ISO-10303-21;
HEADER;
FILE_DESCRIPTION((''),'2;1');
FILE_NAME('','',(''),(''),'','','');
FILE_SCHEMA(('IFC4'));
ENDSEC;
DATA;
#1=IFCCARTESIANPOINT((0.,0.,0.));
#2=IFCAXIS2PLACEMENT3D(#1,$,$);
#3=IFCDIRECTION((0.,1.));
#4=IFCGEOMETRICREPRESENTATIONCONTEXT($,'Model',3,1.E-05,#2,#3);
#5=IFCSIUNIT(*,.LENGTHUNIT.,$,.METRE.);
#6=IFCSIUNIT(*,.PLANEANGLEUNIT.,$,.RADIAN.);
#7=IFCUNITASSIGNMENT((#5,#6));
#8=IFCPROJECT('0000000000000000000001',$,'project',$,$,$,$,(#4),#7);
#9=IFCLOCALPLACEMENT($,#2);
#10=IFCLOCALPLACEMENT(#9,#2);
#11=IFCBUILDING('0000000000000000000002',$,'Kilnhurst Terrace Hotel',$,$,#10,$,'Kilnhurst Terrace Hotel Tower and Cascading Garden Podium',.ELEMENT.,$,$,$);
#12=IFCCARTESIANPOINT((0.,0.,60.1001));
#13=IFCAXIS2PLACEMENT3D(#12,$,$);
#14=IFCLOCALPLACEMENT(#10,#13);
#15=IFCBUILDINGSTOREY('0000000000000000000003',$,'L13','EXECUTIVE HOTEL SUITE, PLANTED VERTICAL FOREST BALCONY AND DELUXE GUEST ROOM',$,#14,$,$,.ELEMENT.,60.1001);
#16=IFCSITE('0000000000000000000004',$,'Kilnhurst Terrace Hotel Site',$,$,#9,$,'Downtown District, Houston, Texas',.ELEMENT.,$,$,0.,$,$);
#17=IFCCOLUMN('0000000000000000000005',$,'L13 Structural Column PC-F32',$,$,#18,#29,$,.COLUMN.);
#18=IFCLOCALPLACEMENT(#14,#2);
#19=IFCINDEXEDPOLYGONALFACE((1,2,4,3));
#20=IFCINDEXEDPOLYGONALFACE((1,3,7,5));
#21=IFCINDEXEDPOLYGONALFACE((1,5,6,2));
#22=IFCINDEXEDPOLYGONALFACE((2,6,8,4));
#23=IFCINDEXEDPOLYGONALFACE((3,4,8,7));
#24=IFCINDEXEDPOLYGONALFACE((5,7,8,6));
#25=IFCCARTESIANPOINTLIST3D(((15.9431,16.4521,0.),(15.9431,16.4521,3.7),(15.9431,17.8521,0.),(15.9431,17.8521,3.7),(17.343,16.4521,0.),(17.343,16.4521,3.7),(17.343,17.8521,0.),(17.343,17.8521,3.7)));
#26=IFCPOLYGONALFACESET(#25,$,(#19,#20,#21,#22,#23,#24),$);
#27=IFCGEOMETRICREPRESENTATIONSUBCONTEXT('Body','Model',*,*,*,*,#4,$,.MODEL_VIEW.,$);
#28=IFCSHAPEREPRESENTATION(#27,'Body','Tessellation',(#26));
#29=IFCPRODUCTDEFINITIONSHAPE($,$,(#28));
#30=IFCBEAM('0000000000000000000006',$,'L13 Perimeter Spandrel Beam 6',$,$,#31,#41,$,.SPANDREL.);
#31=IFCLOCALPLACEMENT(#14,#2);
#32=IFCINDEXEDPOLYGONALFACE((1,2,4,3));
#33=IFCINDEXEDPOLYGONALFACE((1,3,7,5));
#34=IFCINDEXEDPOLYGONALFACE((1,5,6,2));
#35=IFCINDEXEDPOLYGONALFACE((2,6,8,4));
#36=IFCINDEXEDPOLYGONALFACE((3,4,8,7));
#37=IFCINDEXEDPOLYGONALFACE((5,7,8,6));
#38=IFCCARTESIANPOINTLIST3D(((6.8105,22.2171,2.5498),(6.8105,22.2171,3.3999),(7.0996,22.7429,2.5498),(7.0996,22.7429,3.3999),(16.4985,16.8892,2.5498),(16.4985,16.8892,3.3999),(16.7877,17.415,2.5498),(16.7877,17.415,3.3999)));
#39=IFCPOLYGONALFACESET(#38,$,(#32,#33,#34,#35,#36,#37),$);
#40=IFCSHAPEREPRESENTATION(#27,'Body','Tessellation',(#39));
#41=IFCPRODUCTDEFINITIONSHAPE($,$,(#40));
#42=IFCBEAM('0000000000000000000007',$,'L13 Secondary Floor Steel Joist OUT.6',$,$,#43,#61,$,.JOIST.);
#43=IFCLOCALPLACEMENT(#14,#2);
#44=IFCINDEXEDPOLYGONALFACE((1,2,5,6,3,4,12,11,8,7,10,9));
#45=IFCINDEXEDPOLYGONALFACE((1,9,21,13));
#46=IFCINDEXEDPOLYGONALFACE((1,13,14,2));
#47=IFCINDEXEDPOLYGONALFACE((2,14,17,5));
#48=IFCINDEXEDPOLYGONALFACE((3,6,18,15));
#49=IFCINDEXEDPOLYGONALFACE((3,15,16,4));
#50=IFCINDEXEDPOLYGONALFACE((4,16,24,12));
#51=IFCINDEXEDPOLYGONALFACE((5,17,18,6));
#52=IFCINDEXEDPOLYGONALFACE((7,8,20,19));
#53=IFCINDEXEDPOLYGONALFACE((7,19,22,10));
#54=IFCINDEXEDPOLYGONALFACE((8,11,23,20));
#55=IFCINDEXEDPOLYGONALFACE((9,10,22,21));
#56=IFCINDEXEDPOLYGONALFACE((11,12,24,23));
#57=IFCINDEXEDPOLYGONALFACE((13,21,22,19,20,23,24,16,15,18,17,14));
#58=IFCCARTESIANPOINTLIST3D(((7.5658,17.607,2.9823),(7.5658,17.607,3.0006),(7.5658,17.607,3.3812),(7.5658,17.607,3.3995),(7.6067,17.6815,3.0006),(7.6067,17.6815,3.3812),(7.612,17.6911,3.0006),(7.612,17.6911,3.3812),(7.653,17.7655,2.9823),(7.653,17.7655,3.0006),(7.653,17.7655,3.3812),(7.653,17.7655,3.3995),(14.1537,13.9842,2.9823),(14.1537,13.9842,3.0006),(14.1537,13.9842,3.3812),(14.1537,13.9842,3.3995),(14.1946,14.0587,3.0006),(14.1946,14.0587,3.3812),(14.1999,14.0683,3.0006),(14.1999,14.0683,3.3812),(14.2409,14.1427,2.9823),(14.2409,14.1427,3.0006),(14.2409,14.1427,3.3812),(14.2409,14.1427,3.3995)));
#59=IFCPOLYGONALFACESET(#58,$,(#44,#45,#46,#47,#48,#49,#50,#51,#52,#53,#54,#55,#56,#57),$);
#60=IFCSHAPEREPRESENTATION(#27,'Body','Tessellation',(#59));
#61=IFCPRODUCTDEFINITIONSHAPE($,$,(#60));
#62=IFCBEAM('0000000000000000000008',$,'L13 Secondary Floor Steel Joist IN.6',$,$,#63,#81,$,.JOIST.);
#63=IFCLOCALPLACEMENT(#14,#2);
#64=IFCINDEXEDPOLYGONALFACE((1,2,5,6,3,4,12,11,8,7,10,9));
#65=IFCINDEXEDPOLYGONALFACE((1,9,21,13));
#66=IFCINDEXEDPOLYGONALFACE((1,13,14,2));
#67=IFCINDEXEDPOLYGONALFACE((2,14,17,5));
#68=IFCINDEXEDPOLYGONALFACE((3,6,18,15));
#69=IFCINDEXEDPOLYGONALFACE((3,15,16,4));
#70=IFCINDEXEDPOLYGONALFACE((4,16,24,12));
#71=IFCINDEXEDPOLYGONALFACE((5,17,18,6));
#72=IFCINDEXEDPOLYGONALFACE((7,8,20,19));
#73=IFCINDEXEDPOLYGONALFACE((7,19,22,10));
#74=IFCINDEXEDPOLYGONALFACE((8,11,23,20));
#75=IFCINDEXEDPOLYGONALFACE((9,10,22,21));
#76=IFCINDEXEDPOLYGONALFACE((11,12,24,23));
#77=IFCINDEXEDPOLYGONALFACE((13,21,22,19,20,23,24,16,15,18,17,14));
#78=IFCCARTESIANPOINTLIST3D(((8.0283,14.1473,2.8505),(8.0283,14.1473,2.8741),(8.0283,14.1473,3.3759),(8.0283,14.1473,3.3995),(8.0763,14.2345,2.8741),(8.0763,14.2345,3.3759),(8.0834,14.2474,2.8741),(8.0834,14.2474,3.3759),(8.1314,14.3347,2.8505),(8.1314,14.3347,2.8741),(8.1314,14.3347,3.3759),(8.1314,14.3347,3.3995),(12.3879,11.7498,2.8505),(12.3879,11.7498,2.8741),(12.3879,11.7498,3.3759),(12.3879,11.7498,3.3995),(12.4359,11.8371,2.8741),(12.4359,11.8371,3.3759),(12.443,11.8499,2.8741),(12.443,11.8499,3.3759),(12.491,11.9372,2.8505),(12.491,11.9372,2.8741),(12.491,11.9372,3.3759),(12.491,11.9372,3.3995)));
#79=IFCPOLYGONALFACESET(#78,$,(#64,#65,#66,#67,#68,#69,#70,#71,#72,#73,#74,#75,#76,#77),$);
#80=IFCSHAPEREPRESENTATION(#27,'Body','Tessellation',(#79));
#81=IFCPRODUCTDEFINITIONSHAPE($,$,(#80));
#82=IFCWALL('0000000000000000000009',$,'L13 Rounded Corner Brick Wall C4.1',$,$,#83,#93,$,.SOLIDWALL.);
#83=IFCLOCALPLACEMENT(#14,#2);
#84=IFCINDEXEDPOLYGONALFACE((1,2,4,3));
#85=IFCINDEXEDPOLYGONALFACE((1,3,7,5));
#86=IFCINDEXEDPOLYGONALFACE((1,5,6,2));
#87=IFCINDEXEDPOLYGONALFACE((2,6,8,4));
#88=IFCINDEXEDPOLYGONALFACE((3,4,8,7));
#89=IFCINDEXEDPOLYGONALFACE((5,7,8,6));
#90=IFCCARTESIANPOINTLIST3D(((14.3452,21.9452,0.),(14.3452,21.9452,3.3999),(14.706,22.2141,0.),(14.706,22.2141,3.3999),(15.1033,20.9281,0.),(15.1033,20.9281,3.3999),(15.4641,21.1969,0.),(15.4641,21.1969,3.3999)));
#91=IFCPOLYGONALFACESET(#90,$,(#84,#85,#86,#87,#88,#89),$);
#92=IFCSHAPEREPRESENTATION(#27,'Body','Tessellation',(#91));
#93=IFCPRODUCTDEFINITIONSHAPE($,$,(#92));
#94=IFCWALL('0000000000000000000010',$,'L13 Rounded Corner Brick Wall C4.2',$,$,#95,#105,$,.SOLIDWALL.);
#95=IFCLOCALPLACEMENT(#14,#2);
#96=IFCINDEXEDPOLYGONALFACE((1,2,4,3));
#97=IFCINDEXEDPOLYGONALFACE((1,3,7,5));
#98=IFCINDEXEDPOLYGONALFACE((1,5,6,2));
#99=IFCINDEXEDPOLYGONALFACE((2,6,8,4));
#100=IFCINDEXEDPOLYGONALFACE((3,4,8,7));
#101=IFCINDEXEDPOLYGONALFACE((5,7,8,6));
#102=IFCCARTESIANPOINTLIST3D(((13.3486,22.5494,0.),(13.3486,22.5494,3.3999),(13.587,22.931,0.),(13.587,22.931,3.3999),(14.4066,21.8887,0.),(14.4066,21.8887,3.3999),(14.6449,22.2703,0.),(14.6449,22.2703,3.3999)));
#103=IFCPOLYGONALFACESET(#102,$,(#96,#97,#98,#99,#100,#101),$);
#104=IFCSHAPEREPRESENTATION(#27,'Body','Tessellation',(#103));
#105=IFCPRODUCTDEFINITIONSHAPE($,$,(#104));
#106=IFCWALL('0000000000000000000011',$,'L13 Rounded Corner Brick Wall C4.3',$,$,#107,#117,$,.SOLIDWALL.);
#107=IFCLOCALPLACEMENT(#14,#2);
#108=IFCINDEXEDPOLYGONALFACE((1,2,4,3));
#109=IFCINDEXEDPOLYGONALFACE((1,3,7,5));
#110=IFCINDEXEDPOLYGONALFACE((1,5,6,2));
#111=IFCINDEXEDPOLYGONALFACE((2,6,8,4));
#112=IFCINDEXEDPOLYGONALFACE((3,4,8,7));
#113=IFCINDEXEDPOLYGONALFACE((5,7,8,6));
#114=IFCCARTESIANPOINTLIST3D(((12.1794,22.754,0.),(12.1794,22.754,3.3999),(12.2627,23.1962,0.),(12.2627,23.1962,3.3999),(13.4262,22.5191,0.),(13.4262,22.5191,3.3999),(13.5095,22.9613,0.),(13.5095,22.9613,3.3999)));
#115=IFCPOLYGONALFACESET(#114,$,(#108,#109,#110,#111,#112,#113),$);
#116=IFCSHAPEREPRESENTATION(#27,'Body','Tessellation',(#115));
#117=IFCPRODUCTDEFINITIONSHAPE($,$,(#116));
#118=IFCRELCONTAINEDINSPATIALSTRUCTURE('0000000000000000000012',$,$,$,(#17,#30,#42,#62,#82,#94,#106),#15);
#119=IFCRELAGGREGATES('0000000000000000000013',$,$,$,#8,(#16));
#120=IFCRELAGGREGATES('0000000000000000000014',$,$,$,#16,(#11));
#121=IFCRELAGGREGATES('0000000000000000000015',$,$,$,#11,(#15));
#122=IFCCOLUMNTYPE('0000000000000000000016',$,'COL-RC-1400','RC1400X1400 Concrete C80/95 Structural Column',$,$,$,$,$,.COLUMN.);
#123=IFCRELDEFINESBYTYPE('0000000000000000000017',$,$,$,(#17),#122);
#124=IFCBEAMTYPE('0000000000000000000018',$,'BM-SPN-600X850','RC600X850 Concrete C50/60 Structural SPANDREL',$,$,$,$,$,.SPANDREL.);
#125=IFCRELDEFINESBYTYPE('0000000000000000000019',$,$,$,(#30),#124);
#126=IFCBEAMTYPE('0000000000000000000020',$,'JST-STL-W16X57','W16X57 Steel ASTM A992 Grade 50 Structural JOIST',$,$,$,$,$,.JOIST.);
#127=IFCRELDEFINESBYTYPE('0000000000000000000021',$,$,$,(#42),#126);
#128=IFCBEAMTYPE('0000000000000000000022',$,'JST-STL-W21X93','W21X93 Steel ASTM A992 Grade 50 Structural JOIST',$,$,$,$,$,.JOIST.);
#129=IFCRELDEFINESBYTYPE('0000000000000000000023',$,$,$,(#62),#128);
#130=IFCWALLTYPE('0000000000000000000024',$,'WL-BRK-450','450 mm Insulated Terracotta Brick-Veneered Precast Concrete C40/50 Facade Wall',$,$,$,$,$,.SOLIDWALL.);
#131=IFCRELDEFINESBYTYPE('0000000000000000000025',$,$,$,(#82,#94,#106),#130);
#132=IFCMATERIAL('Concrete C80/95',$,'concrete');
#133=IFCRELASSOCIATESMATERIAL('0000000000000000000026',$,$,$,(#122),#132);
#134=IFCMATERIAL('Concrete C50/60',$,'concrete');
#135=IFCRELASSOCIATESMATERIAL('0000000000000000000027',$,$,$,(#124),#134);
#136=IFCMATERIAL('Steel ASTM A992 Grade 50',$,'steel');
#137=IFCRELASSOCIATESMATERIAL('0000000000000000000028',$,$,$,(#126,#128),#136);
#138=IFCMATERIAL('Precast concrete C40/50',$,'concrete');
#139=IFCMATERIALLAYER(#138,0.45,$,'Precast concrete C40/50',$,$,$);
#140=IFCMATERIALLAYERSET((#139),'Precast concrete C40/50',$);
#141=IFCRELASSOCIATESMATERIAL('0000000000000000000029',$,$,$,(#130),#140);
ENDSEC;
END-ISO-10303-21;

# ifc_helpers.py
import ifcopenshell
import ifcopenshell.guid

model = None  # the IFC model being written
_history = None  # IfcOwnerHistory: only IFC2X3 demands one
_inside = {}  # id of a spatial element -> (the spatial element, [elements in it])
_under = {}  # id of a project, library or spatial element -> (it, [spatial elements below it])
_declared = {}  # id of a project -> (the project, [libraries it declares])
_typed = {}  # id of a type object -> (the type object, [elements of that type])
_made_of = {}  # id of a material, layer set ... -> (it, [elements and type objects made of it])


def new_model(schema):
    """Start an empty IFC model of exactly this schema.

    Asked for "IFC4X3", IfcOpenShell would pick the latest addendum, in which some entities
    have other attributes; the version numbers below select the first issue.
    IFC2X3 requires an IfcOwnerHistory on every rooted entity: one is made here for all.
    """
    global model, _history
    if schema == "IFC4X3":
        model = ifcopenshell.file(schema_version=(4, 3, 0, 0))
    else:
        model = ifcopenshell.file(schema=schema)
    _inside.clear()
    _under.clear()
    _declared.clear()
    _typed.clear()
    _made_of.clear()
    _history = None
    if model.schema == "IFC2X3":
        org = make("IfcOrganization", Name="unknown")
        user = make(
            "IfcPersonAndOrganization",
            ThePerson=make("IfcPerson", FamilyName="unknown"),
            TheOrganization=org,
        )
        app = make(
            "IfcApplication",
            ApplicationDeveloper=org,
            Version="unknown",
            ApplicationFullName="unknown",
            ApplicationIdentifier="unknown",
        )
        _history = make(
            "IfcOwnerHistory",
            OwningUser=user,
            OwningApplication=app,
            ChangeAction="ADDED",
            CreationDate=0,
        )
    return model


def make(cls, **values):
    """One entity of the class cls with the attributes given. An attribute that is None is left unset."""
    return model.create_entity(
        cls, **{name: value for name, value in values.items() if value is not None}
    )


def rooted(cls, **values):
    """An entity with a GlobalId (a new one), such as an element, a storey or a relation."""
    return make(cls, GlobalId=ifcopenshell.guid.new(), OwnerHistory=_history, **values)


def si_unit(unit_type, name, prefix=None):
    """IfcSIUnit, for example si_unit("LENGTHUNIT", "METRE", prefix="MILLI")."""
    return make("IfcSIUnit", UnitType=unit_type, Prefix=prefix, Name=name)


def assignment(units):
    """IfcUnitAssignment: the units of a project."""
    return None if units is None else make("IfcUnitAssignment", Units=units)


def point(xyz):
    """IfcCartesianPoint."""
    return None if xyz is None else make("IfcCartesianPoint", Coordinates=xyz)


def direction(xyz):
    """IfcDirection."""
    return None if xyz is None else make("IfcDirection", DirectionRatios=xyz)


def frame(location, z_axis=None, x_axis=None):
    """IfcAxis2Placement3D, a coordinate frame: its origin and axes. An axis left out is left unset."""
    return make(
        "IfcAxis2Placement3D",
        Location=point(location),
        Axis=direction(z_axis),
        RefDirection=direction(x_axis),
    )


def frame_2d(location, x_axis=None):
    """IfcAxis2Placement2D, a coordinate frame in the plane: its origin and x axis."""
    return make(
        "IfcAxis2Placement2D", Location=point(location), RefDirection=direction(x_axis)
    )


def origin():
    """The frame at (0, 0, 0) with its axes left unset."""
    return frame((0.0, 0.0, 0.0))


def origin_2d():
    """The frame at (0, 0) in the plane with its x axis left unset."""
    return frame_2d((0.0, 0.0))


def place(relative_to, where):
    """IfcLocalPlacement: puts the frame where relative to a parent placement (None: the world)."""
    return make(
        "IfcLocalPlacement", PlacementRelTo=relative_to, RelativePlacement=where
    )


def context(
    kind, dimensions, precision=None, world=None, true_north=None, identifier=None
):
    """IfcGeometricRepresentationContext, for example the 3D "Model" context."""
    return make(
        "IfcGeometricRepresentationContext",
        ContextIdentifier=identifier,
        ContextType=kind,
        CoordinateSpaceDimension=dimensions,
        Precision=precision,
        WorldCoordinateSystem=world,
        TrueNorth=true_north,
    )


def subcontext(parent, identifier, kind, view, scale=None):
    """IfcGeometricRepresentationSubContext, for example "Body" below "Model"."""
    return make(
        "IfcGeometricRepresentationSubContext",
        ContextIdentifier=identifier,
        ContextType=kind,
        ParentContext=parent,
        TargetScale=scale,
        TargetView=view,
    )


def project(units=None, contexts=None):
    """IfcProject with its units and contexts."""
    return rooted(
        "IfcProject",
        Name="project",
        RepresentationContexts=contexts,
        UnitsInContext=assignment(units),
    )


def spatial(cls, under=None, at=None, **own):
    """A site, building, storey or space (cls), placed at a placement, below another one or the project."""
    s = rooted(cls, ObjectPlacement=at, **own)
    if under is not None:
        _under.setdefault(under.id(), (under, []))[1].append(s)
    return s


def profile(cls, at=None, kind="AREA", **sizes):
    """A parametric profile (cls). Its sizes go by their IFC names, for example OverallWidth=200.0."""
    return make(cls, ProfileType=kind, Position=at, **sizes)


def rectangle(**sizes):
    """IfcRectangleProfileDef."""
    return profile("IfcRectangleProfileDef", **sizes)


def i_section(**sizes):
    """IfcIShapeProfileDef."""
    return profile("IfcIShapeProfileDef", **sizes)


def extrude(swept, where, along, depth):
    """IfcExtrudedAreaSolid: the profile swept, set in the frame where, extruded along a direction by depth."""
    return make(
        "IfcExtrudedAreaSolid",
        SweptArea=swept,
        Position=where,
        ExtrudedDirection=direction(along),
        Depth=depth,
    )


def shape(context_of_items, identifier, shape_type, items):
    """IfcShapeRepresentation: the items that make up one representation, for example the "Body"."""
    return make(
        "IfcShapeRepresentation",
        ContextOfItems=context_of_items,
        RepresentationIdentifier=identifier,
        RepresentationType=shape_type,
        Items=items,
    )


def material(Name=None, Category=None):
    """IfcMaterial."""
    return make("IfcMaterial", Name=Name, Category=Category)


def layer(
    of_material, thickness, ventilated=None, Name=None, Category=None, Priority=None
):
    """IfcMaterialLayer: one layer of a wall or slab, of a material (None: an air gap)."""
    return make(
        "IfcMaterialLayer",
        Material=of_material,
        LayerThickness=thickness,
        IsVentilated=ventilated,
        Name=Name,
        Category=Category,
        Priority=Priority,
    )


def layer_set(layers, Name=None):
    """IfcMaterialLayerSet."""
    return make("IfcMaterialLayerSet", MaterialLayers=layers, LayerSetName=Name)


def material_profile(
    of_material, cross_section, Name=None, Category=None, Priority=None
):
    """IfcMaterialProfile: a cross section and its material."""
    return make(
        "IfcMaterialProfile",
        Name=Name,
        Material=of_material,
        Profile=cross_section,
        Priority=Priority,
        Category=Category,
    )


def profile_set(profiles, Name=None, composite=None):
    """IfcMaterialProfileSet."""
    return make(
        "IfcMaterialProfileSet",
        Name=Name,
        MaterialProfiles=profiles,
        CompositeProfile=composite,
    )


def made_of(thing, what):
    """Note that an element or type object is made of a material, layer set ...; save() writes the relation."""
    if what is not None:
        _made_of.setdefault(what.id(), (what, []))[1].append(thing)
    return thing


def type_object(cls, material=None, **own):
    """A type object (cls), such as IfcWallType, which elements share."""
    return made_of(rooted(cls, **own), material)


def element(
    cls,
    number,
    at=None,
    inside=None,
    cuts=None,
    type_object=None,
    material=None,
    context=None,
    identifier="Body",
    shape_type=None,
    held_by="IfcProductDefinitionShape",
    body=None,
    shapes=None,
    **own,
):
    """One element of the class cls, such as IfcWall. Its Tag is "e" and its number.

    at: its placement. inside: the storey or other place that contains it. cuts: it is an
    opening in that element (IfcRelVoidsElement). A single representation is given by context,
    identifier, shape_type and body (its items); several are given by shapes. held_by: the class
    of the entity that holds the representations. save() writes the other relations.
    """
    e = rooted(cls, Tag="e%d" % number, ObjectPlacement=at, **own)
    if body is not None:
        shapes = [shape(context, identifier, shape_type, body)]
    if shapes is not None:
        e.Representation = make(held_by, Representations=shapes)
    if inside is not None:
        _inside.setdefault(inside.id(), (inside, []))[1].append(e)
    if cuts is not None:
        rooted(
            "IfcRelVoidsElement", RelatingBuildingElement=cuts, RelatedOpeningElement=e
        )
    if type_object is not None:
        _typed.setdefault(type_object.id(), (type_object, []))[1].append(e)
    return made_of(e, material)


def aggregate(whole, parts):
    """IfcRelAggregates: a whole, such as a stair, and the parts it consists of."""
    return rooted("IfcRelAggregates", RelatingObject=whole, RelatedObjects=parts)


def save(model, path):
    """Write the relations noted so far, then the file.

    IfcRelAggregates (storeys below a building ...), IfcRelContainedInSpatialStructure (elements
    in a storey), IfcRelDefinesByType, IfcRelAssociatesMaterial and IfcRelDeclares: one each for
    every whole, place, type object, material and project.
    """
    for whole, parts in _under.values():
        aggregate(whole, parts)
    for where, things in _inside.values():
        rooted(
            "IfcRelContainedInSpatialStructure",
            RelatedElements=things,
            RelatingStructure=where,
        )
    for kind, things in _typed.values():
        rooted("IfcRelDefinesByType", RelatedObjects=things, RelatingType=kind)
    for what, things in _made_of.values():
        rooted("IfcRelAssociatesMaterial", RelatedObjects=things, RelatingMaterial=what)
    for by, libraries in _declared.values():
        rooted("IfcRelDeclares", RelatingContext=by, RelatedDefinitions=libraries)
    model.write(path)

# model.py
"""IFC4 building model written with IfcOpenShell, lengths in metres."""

from ifc_helpers import new_model, si_unit, direction, frame, frame_2d, origin, origin_2d, place, context, subcontext, project, spatial, rectangle, i_section, extrude, material, layer, layer_set, material_profile, profile_set, type_object, element, save


model = new_model("IFC4")

# Units and contexts
model_context = context("Model", 3, precision=1e-05, world=origin(), true_north=direction((0.0, 1.0)))
body_context = subcontext(model_context, "Body", "Model", "MODEL_VIEW")
ifc_project = project(units=[si_unit("LENGTHUNIT", "METRE"), si_unit("PLANEANGLEUNIT", "RADIAN")], contexts=[model_context])

# Site, building, storey
site_placement = place(None, origin())
site = spatial("IfcSite", under=ifc_project, at=site_placement, Name="Kilnhurst Terrace Hotel Site", LongName="Downtown District, Houston, Texas", CompositionType="ELEMENT", RefElevation=0.0)
building_placement = place(site_placement, origin())
building = spatial("IfcBuilding", under=site, at=building_placement, Name="Kilnhurst Terrace Hotel", LongName="Kilnhurst Terrace Hotel Tower and Cascading Garden Podium", CompositionType="ELEMENT")
storey_placement = place(building_placement, frame((0.0, 0.0, 60.1001)))
storey = spatial("IfcBuildingStorey", under=building, at=storey_placement, Name="L13", Description="EXECUTIVE HOTEL SUITE, PLANTED VERTICAL FOREST BALCONY AND DELUXE GUEST ROOM", CompositionType="ELEMENT", Elevation=60.1001)

# Column
ifc_material_1 = material(Name="Concrete C80/95", Category="concrete")
ifc_material_profile_1 = material_profile(ifc_material_1, rectangle(XDim=1.3999, YDim=1.3999, at=origin_2d()), Name="RC1400X1400")
ifc_profile_set_1 = profile_set([ifc_material_profile_1], Name="Concrete C80/95")
column_type = type_object("IfcColumnType", Name="COL-RC-1400", Description="RC1400X1400 Concrete C80/95 Structural Column", PredefinedType="COLUMN", material=ifc_profile_set_1)
column_placement = place(storey_placement, frame((16.6431, 17.1521, 0.0), z_axis=(0.0, 0.0, 1.0), x_axis=(1.0, 0.0, 0.0)))
element("IfcColumn", 1, at=column_placement, inside=storey, type_object=column_type, Name="L13 Structural Column PC-F32", PredefinedType="COLUMN", context=body_context, shape_type="SweptSolid", body=[
    extrude(rectangle(XDim=1.3999, YDim=1.3999, at=origin_2d()), origin(), (0.0, 0.0, 1.0), 3.7),
])

# Beams
ifc_material_2 = material(Name="Concrete C50/60", Category="concrete")
ifc_material_profile_2 = material_profile(ifc_material_2, rectangle(XDim=0.6001, YDim=0.8501, at=origin_2d()), Name="RC600X850")
ifc_profile_set_2 = profile_set([ifc_material_profile_2], Name="Concrete C50/60")
beam_type_1 = type_object("IfcBeamType", Name="BM-SPN-600X850", Description="RC600X850 Concrete C50/60 Structural SPANDREL", PredefinedType="SPANDREL", material=ifc_profile_set_2)
beam_1_placement = place(storey_placement, frame((16.6431, 17.1521, 2.9749), z_axis=(-0.876235, 0.481883, 0.0), x_axis=(-0.481883, -0.876235, 0.0)))
element("IfcBeam", 2, at=beam_1_placement, inside=storey, type_object=beam_type_1, Name="L13 Perimeter Spandrel Beam 6", PredefinedType="SPANDREL", context=body_context, shape_type="SweptSolid", body=[
    extrude(rectangle(XDim=0.6001, YDim=0.8501, at=origin_2d()), origin(), (0.0, 0.0, 1.0), 11.0564),
])
ifc_material_3 = material(Name="Steel ASTM A992 Grade 50", Category="steel")
ifc_material_profile_3 = material_profile(ifc_material_3, i_section(OverallWidth=0.1809, OverallDepth=0.4172, WebThickness=0.011, FlangeThickness=0.0183, at=origin_2d()), Name="W16X57")
ifc_profile_set_3 = profile_set([ifc_material_profile_3], Name="Steel ASTM A992 Grade 50")
beam_type_2 = type_object("IfcBeamType", Name="JST-STL-W16X57", Description="W16X57 Steel ASTM A992 Grade 50 Structural JOIST", PredefinedType="JOIST", material=ifc_profile_set_3)
beam_2_placement = place(storey_placement, frame((14.1973, 14.0635, 3.1909), z_axis=(-0.876246, 0.481864, 0.0), x_axis=(-0.481864, -0.876246, 0.0)))
element("IfcBeam", 3, at=beam_2_placement, inside=storey, type_object=beam_type_2, Name="L13 Secondary Floor Steel Joist OUT.6", PredefinedType="JOIST", context=body_context, shape_type="SweptSolid", body=[
    extrude(i_section(OverallWidth=0.1809, OverallDepth=0.4172, WebThickness=0.011, FlangeThickness=0.0183, at=origin_2d()), origin(), (0.0, 0.0, 1.0), 7.5183),
])
ifc_material_profile_4 = material_profile(ifc_material_3, i_section(OverallWidth=0.2139, OverallDepth=0.5491, WebThickness=0.0146, FlangeThickness=0.0237, at=origin_2d()), Name="W21X93")
ifc_profile_set_4 = profile_set([ifc_material_profile_4], Name="Steel ASTM A992 Grade 50")
beam_type_3 = type_object("IfcBeamType", Name="JST-STL-W21X93", Description="W21X93 Steel ASTM A992 Grade 50 Structural JOIST", PredefinedType="JOIST", material=ifc_profile_set_4)
beam_3_placement = place(storey_placement, frame((12.4395, 11.8435, 3.125), z_axis=(-0.876244, 0.481868, 0.0), x_axis=(-0.481868, -0.876244, 0.0)))
element("IfcBeam", 4, at=beam_3_placement, inside=storey, type_object=beam_type_3, Name="L13 Secondary Floor Steel Joist IN.6", PredefinedType="JOIST", context=body_context, shape_type="SweptSolid", body=[
    extrude(i_section(OverallWidth=0.2139, OverallDepth=0.5491, WebThickness=0.0146, FlangeThickness=0.0237, at=origin_2d()), origin(), (0.0, 0.0, 1.0), 4.9753),
])

# Walls
ifc_material_4 = material(Name="Precast concrete C40/50", Category="concrete")
ifc_layer_1 = layer(ifc_material_4, 0.45, Name="Precast concrete C40/50")
ifc_layer_set_1 = layer_set([ifc_layer_1], Name="Precast concrete C40/50")
wall_type_1 = type_object("IfcWallType", Name="WL-BRK-450", Description="450 mm Insulated Terracotta Brick-Veneered Precast Concrete C40/50 Facade Wall", PredefinedType="SOLIDWALL", material=ifc_layer_set_1)
wall_1_placement = place(storey_placement, frame((15.2837, 21.0625, 0.0), z_axis=(0.0, 0.0, 1.0), x_axis=(-0.597595, 0.801798, 0.0)))
element("IfcWall", 5, at=wall_1_placement, inside=storey, type_object=wall_type_1, Name="L13 Rounded Corner Brick Wall C4.1", PredefinedType="SOLIDWALL", context=body_context, shape_type="SweptSolid", body=[
    extrude(rectangle(XDim=1.2686, YDim=0.45, at=frame_2d((0.6343, 0.0))), origin(), (0.0, 0.0, 1.0), 3.3999),
])
wall_2_placement = place(storey_placement, frame((14.5256, 22.0796, 0.0), z_axis=(0.0, 0.0, 1.0), x_axis=(-0.848185, 0.5297, 0.0)))
element("IfcWall", 6, at=wall_2_placement, inside=storey, type_object=wall_type_1, Name="L13 Rounded Corner Brick Wall C4.2", PredefinedType="SOLIDWALL", context=body_context, shape_type="SweptSolid", body=[
    extrude(rectangle(XDim=1.2473, YDim=0.45, at=frame_2d((0.6235, 0.0))), origin(), (0.0, 0.0, 1.0), 3.3999),
])
wall_3_placement = place(storey_placement, frame((13.4678, 22.7402, 0.0), z_axis=(0.0, 0.0, 1.0), x_axis=(-0.982717, 0.185113, 0.0)))
element("IfcWall", 7, at=wall_3_placement, inside=storey, type_object=wall_type_1, Name="L13 Rounded Corner Brick Wall C4.3", PredefinedType="SOLIDWALL", context=body_context, shape_type="SweptSolid", body=[
    extrude(rectangle(XDim=1.2688, YDim=0.45, at=frame_2d((0.6343, 0.0))), origin(), (0.0, 0.0, 1.0), 3.3999),
])

save(model, "model.ifc")
